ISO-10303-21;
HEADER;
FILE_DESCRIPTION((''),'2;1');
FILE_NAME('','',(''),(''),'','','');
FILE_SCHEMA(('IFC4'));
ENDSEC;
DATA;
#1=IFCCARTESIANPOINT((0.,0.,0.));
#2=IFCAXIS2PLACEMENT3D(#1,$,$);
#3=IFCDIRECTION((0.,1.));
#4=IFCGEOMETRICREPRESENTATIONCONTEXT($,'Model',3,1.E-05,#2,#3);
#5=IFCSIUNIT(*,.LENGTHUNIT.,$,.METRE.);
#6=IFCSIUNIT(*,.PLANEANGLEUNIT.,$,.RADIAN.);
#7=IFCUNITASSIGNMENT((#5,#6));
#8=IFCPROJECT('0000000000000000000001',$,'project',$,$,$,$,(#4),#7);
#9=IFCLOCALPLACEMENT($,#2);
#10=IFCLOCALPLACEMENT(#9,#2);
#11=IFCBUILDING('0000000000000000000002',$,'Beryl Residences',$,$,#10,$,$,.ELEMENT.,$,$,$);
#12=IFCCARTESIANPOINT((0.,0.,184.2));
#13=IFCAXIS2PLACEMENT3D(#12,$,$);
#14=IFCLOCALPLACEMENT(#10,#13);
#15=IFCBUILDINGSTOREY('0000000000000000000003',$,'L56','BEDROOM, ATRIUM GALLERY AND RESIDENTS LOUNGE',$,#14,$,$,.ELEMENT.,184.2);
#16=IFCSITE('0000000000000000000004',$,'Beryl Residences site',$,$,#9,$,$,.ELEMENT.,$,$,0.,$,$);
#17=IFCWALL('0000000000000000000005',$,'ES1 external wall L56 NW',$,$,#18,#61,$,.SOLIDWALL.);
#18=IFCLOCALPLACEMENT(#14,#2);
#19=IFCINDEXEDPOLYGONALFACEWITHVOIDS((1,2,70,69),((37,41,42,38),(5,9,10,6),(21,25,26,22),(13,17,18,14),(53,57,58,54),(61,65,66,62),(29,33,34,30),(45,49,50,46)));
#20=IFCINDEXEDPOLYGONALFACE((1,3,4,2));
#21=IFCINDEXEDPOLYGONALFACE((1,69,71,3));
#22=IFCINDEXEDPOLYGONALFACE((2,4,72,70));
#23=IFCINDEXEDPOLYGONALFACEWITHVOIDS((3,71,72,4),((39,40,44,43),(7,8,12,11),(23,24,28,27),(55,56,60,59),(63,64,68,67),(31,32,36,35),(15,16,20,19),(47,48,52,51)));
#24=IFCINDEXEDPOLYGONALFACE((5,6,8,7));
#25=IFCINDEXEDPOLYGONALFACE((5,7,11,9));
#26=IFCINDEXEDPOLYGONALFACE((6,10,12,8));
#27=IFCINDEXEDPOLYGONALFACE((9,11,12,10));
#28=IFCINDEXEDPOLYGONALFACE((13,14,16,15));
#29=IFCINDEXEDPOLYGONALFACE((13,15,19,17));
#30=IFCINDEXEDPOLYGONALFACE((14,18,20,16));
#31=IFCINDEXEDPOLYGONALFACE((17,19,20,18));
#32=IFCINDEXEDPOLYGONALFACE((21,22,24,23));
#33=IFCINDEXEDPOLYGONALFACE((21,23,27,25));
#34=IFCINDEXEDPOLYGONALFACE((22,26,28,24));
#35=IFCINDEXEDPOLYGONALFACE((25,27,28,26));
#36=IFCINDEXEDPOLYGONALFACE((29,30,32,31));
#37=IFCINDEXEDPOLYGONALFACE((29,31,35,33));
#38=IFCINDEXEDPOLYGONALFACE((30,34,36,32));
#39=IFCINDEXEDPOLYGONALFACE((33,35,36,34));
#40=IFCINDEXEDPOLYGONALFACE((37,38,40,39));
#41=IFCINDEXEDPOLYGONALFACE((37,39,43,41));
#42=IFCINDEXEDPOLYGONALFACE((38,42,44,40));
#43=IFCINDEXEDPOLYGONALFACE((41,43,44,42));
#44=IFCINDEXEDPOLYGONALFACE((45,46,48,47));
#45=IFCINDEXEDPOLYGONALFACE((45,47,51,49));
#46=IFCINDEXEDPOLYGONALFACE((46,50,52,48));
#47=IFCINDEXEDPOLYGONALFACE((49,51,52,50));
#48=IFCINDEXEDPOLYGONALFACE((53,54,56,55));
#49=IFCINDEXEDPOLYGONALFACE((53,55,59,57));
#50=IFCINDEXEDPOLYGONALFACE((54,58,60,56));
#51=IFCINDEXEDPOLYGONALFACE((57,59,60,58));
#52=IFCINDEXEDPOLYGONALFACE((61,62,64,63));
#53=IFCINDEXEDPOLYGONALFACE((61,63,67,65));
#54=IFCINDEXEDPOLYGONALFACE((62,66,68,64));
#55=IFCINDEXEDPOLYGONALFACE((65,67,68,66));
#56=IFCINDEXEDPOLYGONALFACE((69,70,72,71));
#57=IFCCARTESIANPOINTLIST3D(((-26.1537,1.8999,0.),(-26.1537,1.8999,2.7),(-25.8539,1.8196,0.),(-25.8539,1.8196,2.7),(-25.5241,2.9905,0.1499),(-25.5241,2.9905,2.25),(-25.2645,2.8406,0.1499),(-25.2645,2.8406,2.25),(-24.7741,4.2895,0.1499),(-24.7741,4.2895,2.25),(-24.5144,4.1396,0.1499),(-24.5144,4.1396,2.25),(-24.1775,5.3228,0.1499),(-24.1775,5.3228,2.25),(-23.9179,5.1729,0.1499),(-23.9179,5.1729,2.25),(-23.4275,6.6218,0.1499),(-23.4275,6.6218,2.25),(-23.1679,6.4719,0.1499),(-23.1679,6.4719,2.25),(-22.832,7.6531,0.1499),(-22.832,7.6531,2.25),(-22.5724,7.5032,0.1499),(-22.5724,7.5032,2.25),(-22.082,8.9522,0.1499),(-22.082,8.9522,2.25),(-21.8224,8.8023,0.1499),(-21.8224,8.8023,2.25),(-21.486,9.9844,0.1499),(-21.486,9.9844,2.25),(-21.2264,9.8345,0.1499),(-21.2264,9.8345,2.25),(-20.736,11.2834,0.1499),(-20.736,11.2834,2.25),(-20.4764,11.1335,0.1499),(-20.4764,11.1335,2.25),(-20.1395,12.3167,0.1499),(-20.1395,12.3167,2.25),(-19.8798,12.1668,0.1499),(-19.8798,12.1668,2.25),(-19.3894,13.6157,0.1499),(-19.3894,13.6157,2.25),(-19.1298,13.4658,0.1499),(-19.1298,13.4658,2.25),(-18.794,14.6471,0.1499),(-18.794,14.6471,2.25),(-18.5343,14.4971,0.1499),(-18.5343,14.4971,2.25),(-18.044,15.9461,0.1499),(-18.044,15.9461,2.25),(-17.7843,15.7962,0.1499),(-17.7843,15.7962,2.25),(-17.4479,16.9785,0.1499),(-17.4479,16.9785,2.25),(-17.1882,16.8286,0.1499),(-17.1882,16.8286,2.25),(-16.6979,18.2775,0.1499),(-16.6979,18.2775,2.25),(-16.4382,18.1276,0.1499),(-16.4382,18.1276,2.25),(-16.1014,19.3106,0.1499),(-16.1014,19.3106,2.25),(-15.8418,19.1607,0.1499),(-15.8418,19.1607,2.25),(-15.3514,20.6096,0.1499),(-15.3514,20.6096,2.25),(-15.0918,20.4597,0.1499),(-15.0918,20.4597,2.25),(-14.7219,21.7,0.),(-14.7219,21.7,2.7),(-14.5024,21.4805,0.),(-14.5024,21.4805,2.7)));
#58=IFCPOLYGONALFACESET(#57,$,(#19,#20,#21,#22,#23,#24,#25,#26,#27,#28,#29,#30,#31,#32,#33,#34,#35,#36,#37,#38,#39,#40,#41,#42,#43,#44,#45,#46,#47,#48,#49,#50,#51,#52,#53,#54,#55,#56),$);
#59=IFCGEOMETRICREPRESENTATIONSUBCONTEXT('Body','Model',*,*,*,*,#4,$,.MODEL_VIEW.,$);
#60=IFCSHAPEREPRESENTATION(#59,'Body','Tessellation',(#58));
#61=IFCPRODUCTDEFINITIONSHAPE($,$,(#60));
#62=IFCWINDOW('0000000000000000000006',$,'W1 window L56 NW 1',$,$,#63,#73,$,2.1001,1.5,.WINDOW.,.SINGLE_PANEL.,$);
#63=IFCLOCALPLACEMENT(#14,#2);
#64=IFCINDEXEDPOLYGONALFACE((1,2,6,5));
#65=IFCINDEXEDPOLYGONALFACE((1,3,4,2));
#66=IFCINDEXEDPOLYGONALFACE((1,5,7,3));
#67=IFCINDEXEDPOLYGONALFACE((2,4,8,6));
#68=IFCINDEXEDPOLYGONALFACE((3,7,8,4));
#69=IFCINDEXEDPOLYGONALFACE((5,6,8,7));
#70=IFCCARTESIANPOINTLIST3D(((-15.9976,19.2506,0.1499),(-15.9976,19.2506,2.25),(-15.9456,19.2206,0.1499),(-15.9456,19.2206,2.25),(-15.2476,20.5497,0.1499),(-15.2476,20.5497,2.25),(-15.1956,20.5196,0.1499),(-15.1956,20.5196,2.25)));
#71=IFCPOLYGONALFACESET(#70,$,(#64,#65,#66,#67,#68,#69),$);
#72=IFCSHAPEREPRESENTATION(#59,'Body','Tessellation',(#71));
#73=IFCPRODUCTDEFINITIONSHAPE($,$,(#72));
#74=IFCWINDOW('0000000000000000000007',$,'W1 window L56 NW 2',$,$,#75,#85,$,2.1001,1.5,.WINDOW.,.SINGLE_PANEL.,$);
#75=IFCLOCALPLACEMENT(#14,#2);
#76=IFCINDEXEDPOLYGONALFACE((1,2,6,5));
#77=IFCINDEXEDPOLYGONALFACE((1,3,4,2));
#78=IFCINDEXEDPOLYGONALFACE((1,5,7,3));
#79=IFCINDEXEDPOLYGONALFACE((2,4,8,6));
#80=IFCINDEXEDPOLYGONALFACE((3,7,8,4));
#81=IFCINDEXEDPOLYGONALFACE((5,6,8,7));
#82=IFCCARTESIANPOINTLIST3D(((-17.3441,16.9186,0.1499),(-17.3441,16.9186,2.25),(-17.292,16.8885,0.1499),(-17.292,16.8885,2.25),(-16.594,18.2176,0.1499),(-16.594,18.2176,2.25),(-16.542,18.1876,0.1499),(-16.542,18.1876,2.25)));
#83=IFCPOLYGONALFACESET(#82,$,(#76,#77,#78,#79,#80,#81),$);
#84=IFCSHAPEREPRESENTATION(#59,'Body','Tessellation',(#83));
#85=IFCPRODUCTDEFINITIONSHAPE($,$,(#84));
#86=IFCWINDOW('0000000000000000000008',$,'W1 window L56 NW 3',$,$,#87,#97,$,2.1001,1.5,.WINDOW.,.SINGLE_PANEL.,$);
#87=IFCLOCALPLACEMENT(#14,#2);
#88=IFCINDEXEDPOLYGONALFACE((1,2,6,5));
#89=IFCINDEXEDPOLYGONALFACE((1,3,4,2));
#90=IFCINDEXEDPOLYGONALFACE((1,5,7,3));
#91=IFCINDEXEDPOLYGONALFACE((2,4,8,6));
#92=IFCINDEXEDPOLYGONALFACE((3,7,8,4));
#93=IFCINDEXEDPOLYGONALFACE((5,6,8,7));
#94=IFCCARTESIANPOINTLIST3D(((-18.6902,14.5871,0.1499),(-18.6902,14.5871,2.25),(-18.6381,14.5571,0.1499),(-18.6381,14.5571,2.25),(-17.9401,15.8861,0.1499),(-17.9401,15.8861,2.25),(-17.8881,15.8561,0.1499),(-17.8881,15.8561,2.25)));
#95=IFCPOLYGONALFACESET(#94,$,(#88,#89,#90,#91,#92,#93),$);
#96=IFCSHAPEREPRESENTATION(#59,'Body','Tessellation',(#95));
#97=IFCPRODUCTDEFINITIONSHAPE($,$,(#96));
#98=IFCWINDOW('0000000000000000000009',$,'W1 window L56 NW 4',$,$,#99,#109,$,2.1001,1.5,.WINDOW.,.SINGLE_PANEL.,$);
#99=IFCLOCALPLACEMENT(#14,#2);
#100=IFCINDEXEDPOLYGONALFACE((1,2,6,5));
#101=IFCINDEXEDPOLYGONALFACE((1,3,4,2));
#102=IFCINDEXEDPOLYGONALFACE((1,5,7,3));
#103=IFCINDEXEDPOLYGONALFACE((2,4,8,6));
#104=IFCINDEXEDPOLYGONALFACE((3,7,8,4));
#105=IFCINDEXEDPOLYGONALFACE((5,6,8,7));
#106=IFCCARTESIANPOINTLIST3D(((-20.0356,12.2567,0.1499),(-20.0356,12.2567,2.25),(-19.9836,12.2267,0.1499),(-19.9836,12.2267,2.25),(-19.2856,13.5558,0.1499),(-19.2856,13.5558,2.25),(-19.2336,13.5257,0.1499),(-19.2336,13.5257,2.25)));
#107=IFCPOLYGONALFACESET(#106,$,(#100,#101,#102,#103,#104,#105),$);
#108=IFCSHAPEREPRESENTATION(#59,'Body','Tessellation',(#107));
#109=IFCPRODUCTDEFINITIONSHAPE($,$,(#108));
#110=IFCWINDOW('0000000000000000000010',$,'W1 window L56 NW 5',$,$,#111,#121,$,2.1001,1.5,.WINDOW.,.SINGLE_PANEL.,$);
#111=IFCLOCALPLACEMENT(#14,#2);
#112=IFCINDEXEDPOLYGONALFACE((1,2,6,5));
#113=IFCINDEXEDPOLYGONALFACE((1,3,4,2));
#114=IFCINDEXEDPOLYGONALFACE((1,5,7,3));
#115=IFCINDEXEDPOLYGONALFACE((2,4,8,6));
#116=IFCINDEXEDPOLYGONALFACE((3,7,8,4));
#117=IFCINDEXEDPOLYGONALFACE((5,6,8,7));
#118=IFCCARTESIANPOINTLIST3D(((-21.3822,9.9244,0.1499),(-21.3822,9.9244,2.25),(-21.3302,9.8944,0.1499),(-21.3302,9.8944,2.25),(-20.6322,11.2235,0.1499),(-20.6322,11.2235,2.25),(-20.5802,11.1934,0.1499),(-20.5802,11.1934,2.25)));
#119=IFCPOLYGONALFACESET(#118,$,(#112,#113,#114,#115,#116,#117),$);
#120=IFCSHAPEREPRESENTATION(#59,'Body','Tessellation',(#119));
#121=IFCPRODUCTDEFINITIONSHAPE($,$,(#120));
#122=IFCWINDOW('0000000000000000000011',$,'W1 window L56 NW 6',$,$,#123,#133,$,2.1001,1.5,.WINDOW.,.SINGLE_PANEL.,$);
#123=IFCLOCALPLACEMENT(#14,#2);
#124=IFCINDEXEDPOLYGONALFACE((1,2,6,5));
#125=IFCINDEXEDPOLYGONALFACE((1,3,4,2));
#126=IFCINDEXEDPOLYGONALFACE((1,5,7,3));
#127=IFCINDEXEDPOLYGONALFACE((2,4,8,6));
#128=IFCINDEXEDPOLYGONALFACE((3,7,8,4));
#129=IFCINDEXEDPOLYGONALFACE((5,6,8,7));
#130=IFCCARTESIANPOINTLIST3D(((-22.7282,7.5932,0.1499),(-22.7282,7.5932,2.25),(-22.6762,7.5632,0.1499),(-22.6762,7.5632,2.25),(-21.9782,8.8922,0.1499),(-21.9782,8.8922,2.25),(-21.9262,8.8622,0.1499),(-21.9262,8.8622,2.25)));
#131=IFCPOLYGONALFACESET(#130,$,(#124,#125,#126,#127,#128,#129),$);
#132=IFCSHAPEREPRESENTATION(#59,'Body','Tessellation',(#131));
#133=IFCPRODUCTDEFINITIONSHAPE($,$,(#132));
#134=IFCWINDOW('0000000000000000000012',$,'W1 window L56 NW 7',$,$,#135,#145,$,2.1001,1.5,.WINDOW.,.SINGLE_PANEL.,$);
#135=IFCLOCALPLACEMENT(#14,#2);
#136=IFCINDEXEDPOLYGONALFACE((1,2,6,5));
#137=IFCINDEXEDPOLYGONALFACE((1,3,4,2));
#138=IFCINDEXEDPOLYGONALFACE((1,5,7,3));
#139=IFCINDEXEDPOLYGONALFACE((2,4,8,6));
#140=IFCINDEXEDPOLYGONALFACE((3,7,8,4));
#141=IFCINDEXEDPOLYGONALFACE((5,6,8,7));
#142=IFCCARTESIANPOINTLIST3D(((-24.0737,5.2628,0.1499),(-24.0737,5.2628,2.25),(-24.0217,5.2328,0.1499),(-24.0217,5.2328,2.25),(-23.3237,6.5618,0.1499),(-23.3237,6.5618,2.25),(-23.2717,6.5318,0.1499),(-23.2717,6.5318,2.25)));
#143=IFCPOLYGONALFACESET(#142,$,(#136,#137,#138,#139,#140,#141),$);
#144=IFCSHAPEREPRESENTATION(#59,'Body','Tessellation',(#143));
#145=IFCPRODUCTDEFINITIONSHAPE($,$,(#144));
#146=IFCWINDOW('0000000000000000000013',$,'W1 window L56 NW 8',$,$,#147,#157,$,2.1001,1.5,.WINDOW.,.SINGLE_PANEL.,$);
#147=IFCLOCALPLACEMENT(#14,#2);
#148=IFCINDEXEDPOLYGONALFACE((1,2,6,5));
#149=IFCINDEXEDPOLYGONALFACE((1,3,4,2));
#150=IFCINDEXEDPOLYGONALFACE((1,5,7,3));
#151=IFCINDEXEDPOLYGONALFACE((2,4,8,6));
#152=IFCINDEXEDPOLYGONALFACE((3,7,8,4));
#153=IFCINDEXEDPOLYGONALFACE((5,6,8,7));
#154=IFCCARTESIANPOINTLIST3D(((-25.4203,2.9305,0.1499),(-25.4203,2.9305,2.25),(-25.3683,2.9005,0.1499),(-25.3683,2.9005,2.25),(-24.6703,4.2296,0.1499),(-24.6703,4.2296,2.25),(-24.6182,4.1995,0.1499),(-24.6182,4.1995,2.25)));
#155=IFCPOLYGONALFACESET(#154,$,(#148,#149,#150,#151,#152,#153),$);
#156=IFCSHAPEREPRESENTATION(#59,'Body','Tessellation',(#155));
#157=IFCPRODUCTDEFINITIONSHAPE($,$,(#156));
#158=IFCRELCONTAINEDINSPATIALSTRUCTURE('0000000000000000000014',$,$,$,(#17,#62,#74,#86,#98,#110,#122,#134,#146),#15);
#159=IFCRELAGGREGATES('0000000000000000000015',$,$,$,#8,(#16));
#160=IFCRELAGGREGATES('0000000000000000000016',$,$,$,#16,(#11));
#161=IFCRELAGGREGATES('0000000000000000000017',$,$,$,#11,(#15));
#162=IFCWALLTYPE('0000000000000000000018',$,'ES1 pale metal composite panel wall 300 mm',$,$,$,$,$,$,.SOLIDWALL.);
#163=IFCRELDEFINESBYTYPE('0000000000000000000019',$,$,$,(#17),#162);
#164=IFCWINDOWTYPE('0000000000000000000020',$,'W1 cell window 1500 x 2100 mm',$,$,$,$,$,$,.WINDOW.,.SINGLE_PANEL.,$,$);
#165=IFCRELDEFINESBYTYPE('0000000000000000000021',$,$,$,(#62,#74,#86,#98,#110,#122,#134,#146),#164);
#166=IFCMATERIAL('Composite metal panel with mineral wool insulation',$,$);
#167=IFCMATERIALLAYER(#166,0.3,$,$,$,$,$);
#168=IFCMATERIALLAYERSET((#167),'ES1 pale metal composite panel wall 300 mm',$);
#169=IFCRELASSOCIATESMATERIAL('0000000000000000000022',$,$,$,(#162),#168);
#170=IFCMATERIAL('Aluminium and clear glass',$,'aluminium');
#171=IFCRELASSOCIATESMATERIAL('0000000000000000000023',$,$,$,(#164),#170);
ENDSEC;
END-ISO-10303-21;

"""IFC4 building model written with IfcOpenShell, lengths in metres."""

from ifc_helpers import new_model, si_unit, direction, frame, frame_2d, origin, place, context, subcontext, project, spatial, polyline, rectangle, outline, extrude, material, layer, layer_set, type_object, element, fill, save


model = new_model("IFC4")

# Units and contexts
model_context = context("Model", 3, precision=1e-05, world=origin(), true_north=direction((0.0, 1.0)))
body_context = subcontext(model_context, "Body", "Model", "MODEL_VIEW")
ifc_project = project(units=[si_unit("LENGTHUNIT", "METRE"), si_unit("PLANEANGLEUNIT", "RADIAN")], contexts=[model_context])

# Site, building, storey
site_placement = place(None, origin())
site = spatial("IfcSite", under=ifc_project, at=site_placement, Name="Beryl Residences site", CompositionType="ELEMENT", RefElevation=0.0)
building_placement = place(site_placement, origin())
building = spatial("IfcBuilding", under=site, at=building_placement, Name="Beryl Residences", CompositionType="ELEMENT")
storey_placement = place(building_placement, frame((0.0, 0.0, 184.2)))
storey = spatial("IfcBuildingStorey", under=building, at=storey_placement, Name="L56", Description="BEDROOM, ATRIUM GALLERY AND RESIDENTS LOUNGE", CompositionType="ELEMENT", Elevation=184.2)

# Wall, openings, windows
ifc_material_1 = material(Name="Composite metal panel with mineral wool insulation")
ifc_layer_1 = layer(ifc_material_1, 0.3)
ifc_layer_set_1 = layer_set([ifc_layer_1], Name="ES1 pale metal composite panel wall 300 mm")
wall_type_1 = type_object("IfcWallType", Name="ES1 pale metal composite panel wall 300 mm", PredefinedType="SOLIDWALL", material=ifc_layer_set_1)
wall_1_placement = place(storey_placement, frame((-14.592, 21.625, 0.0), z_axis=(0.0, 0.0, 1.0), x_axis=(-0.500011, -0.866019, 0.0)))
wall_1 = element("IfcWall", 1, at=wall_1_placement, inside=storey, type_object=wall_type_1, Name="ES1 external wall L56 NW", PredefinedType="SOLIDWALL", context=body_context, shape_type="SweptSolid", body=[
    extrude(outline(polyline([(0.0, -0.1499), (22.8633, -0.1499), (22.783, 0.1499), (0.0803, 0.1499), (0.0, -0.1499)])), origin(), (0.0, 0.0, 1.0), 2.7),
])
opening_1_placement = place(wall_1_placement, frame((1.259, 0.0, 0.1499)))
opening_1 = element("IfcOpeningElement", 2, at=opening_1_placement, cuts=wall_1, PredefinedType="OPENING", context=body_context, shape_type="SweptSolid", body=[
    extrude(rectangle(XDim=1.5, YDim=2.1001, at=frame_2d((0.75, 1.05))), frame((0.0, 0.1599, 0.0), z_axis=(0.0, -1.0, 0.0), x_axis=(1.0, 0.0, 0.0)), (0.0, 0.0, 1.0), 0.3201),
])
opening_2_placement = place(wall_1_placement, frame((3.9519, 0.0, 0.1499)))
opening_2 = element("IfcOpeningElement", 3, at=opening_2_placement, cuts=wall_1, PredefinedType="OPENING", context=body_context, shape_type="SweptSolid", body=[
    extrude(rectangle(XDim=1.5, YDim=2.1001, at=frame_2d((0.75, 1.05))), frame((0.0, 0.1599, 0.0), z_axis=(0.0, -1.0, 0.0), x_axis=(1.0, 0.0, 0.0)), (0.0, 0.0, 1.0), 0.3201),
])
opening_3_placement = place(wall_1_placement, frame((6.644, 0.0, 0.1499)))
opening_3 = element("IfcOpeningElement", 4, at=opening_3_placement, cuts=wall_1, PredefinedType="OPENING", context=body_context, shape_type="SweptSolid", body=[
    extrude(rectangle(XDim=1.5, YDim=2.1001, at=frame_2d((0.75, 1.05))), frame((0.0, 0.1599, 0.0), z_axis=(0.0, -1.0, 0.0), x_axis=(1.0, 0.0, 0.0)), (0.0, 0.0, 1.0), 0.3201),
])
opening_4_placement = place(wall_1_placement, frame((9.335, 0.0, 0.1499)))
opening_4 = element("IfcOpeningElement", 5, at=opening_4_placement, cuts=wall_1, PredefinedType="OPENING", context=body_context, shape_type="SweptSolid", body=[
    extrude(rectangle(XDim=1.5, YDim=2.1001, at=frame_2d((0.75, 1.05))), frame((0.0, 0.1599, 0.0), z_axis=(0.0, -1.0, 0.0), x_axis=(1.0, 0.0, 0.0)), (0.0, 0.0, 1.0), 0.3201),
])
opening_5_placement = place(wall_1_placement, frame((12.0281, 0.0, 0.1499)))
opening_5 = element("IfcOpeningElement", 6, at=opening_5_placement, cuts=wall_1, PredefinedType="OPENING", context=body_context, shape_type="SweptSolid", body=[
    extrude(rectangle(XDim=1.5, YDim=2.1001, at=frame_2d((0.75, 1.05))), frame((0.0, 0.1599, 0.0), z_axis=(0.0, -1.0, 0.0), x_axis=(1.0, 0.0, 0.0)), (0.0, 0.0, 1.0), 0.3201),
])
opening_6_placement = place(wall_1_placement, frame((14.72, 0.0, 0.1499)))
opening_6 = element("IfcOpeningElement", 7, at=opening_6_placement, cuts=wall_1, PredefinedType="OPENING", context=body_context, shape_type="SweptSolid", body=[
    extrude(rectangle(XDim=1.5, YDim=2.1001, at=frame_2d((0.75, 1.05))), frame((0.0, 0.1599, 0.0), z_axis=(0.0, -1.0, 0.0), x_axis=(1.0, 0.0, 0.0)), (0.0, 0.0, 1.0), 0.3201),
])
opening_7_placement = place(wall_1_placement, frame((17.4109, 0.0, 0.1499)))
opening_7 = element("IfcOpeningElement", 8, at=opening_7_placement, cuts=wall_1, PredefinedType="OPENING", context=body_context, shape_type="SweptSolid", body=[
    extrude(rectangle(XDim=1.5, YDim=2.1001, at=frame_2d((0.75, 1.05))), frame((0.0, 0.1599, 0.0), z_axis=(0.0, -1.0, 0.0), x_axis=(1.0, 0.0, 0.0)), (0.0, 0.0, 1.0), 0.3201),
])
opening_8_placement = place(wall_1_placement, frame((20.104, 0.0, 0.1499)))
opening_8 = element("IfcOpeningElement", 9, at=opening_8_placement, cuts=wall_1, PredefinedType="OPENING", context=body_context, shape_type="SweptSolid", body=[
    extrude(rectangle(XDim=1.5, YDim=2.1001, at=frame_2d((0.75, 1.05))), frame((0.0, 0.1599, 0.0), z_axis=(0.0, -1.0, 0.0), x_axis=(1.0, 0.0, 0.0)), (0.0, 0.0, 1.0), 0.3201),
])
ifc_material_2 = material(Name="Aluminium and clear glass", Category="aluminium")
window_type = type_object("IfcWindowType", Name="W1 cell window 1500 x 2100 mm", PartitioningType="SINGLE_PANEL", PredefinedType="WINDOW", material=ifc_material_2)
window_1_placement = place(opening_1_placement, origin())
window_1 = element("IfcWindow", 10, at=window_1_placement, inside=storey, type_object=window_type, Name="W1 window L56 NW 1", OverallHeight=2.1001, OverallWidth=1.5, PartitioningType="SINGLE_PANEL", PredefinedType="WINDOW", context=body_context, shape_type="SweptSolid", body=[
    extrude(rectangle(XDim=1.5, YDim=2.1001, at=frame_2d((0.75, 1.05))), frame((0.0, 0.03, 0.0), z_axis=(0.0, -1.0, 0.0), x_axis=(1.0, 0.0, 0.0)), (0.0, 0.0, 1.0), 0.0601),
])
fill(opening_1, window_1)
window_2_placement = place(opening_2_placement, origin())
window_2 = element("IfcWindow", 11, at=window_2_placement, inside=storey, type_object=window_type, Name="W1 window L56 NW 2", OverallHeight=2.1001, OverallWidth=1.5, PartitioningType="SINGLE_PANEL", PredefinedType="WINDOW", context=body_context, shape_type="SweptSolid", body=[
    extrude(rectangle(XDim=1.5, YDim=2.1001, at=frame_2d((0.75, 1.05))), frame((0.0, 0.03, 0.0), z_axis=(0.0, -1.0, 0.0), x_axis=(1.0, 0.0, 0.0)), (0.0, 0.0, 1.0), 0.0601),
])
fill(opening_2, window_2)
window_3_placement = place(opening_3_placement, origin())
window_3 = element("IfcWindow", 12, at=window_3_placement, inside=storey, type_object=window_type, Name="W1 window L56 NW 3", OverallHeight=2.1001, OverallWidth=1.5, PartitioningType="SINGLE_PANEL", PredefinedType="WINDOW", context=body_context, shape_type="SweptSolid", body=[
    extrude(rectangle(XDim=1.5, YDim=2.1001, at=frame_2d((0.75, 1.05))), frame((0.0, 0.03, 0.0), z_axis=(0.0, -1.0, 0.0), x_axis=(1.0, 0.0, 0.0)), (0.0, 0.0, 1.0), 0.0601),
])
fill(opening_3, window_3)
window_4_placement = place(opening_4_placement, origin())
window_4 = element("IfcWindow", 13, at=window_4_placement, inside=storey, type_object=window_type, Name="W1 window L56 NW 4", OverallHeight=2.1001, OverallWidth=1.5, PartitioningType="SINGLE_PANEL", PredefinedType="WINDOW", context=body_context, shape_type="SweptSolid", body=[
    extrude(rectangle(XDim=1.5, YDim=2.1001, at=frame_2d((0.75, 1.05))), frame((0.0, 0.03, 0.0), z_axis=(0.0, -1.0, 0.0), x_axis=(1.0, 0.0, 0.0)), (0.0, 0.0, 1.0), 0.0601),
])
fill(opening_4, window_4)
window_5_placement = place(opening_5_placement, origin())
window_5 = element("IfcWindow", 14, at=window_5_placement, inside=storey, type_object=window_type, Name="W1 window L56 NW 5", OverallHeight=2.1001, OverallWidth=1.5, PartitioningType="SINGLE_PANEL", PredefinedType="WINDOW", context=body_context, shape_type="SweptSolid", body=[
    extrude(rectangle(XDim=1.5, YDim=2.1001, at=frame_2d((0.75, 1.05))), frame((0.0, 0.03, 0.0), z_axis=(0.0, -1.0, 0.0), x_axis=(1.0, 0.0, 0.0)), (0.0, 0.0, 1.0), 0.0601),
])
fill(opening_5, window_5)
window_6_placement = place(opening_6_placement, origin())
window_6 = element("IfcWindow", 15, at=window_6_placement, inside=storey, type_object=window_type, Name="W1 window L56 NW 6", OverallHeight=2.1001, OverallWidth=1.5, PartitioningType="SINGLE_PANEL", PredefinedType="WINDOW", context=body_context, shape_type="SweptSolid", body=[
    extrude(rectangle(XDim=1.5, YDim=2.1001, at=frame_2d((0.75, 1.05))), frame((0.0, 0.03, 0.0), z_axis=(0.0, -1.0, 0.0), x_axis=(1.0, 0.0, 0.0)), (0.0, 0.0, 1.0), 0.0601),
])
fill(opening_6, window_6)
window_7_placement = place(opening_7_placement, origin())
window_7 = element("IfcWindow", 16, at=window_7_placement, inside=storey, type_object=window_type, Name="W1 window L56 NW 7", OverallHeight=2.1001, OverallWidth=1.5, PartitioningType="SINGLE_PANEL", PredefinedType="WINDOW", context=body_context, shape_type="SweptSolid", body=[
    extrude(rectangle(XDim=1.5, YDim=2.1001, at=frame_2d((0.75, 1.05))), frame((0.0, 0.03, 0.0), z_axis=(0.0, -1.0, 0.0), x_axis=(1.0, 0.0, 0.0)), (0.0, 0.0, 1.0), 0.0601),
])
fill(opening_7, window_7)
window_8_placement = place(opening_8_placement, origin())
window_8 = element("IfcWindow", 17, at=window_8_placement, inside=storey, type_object=window_type, Name="W1 window L56 NW 8", OverallHeight=2.1001, OverallWidth=1.5, PartitioningType="SINGLE_PANEL", PredefinedType="WINDOW", context=body_context, shape_type="SweptSolid", body=[
    extrude(rectangle(XDim=1.5, YDim=2.1001, at=frame_2d((0.75, 1.05))), frame((0.0, 0.03, 0.0), z_axis=(0.0, -1.0, 0.0), x_axis=(1.0, 0.0, 0.0)), (0.0, 0.0, 1.0), 0.0601),
])
fill(opening_8, window_8)

save(model, "model.ifc")
